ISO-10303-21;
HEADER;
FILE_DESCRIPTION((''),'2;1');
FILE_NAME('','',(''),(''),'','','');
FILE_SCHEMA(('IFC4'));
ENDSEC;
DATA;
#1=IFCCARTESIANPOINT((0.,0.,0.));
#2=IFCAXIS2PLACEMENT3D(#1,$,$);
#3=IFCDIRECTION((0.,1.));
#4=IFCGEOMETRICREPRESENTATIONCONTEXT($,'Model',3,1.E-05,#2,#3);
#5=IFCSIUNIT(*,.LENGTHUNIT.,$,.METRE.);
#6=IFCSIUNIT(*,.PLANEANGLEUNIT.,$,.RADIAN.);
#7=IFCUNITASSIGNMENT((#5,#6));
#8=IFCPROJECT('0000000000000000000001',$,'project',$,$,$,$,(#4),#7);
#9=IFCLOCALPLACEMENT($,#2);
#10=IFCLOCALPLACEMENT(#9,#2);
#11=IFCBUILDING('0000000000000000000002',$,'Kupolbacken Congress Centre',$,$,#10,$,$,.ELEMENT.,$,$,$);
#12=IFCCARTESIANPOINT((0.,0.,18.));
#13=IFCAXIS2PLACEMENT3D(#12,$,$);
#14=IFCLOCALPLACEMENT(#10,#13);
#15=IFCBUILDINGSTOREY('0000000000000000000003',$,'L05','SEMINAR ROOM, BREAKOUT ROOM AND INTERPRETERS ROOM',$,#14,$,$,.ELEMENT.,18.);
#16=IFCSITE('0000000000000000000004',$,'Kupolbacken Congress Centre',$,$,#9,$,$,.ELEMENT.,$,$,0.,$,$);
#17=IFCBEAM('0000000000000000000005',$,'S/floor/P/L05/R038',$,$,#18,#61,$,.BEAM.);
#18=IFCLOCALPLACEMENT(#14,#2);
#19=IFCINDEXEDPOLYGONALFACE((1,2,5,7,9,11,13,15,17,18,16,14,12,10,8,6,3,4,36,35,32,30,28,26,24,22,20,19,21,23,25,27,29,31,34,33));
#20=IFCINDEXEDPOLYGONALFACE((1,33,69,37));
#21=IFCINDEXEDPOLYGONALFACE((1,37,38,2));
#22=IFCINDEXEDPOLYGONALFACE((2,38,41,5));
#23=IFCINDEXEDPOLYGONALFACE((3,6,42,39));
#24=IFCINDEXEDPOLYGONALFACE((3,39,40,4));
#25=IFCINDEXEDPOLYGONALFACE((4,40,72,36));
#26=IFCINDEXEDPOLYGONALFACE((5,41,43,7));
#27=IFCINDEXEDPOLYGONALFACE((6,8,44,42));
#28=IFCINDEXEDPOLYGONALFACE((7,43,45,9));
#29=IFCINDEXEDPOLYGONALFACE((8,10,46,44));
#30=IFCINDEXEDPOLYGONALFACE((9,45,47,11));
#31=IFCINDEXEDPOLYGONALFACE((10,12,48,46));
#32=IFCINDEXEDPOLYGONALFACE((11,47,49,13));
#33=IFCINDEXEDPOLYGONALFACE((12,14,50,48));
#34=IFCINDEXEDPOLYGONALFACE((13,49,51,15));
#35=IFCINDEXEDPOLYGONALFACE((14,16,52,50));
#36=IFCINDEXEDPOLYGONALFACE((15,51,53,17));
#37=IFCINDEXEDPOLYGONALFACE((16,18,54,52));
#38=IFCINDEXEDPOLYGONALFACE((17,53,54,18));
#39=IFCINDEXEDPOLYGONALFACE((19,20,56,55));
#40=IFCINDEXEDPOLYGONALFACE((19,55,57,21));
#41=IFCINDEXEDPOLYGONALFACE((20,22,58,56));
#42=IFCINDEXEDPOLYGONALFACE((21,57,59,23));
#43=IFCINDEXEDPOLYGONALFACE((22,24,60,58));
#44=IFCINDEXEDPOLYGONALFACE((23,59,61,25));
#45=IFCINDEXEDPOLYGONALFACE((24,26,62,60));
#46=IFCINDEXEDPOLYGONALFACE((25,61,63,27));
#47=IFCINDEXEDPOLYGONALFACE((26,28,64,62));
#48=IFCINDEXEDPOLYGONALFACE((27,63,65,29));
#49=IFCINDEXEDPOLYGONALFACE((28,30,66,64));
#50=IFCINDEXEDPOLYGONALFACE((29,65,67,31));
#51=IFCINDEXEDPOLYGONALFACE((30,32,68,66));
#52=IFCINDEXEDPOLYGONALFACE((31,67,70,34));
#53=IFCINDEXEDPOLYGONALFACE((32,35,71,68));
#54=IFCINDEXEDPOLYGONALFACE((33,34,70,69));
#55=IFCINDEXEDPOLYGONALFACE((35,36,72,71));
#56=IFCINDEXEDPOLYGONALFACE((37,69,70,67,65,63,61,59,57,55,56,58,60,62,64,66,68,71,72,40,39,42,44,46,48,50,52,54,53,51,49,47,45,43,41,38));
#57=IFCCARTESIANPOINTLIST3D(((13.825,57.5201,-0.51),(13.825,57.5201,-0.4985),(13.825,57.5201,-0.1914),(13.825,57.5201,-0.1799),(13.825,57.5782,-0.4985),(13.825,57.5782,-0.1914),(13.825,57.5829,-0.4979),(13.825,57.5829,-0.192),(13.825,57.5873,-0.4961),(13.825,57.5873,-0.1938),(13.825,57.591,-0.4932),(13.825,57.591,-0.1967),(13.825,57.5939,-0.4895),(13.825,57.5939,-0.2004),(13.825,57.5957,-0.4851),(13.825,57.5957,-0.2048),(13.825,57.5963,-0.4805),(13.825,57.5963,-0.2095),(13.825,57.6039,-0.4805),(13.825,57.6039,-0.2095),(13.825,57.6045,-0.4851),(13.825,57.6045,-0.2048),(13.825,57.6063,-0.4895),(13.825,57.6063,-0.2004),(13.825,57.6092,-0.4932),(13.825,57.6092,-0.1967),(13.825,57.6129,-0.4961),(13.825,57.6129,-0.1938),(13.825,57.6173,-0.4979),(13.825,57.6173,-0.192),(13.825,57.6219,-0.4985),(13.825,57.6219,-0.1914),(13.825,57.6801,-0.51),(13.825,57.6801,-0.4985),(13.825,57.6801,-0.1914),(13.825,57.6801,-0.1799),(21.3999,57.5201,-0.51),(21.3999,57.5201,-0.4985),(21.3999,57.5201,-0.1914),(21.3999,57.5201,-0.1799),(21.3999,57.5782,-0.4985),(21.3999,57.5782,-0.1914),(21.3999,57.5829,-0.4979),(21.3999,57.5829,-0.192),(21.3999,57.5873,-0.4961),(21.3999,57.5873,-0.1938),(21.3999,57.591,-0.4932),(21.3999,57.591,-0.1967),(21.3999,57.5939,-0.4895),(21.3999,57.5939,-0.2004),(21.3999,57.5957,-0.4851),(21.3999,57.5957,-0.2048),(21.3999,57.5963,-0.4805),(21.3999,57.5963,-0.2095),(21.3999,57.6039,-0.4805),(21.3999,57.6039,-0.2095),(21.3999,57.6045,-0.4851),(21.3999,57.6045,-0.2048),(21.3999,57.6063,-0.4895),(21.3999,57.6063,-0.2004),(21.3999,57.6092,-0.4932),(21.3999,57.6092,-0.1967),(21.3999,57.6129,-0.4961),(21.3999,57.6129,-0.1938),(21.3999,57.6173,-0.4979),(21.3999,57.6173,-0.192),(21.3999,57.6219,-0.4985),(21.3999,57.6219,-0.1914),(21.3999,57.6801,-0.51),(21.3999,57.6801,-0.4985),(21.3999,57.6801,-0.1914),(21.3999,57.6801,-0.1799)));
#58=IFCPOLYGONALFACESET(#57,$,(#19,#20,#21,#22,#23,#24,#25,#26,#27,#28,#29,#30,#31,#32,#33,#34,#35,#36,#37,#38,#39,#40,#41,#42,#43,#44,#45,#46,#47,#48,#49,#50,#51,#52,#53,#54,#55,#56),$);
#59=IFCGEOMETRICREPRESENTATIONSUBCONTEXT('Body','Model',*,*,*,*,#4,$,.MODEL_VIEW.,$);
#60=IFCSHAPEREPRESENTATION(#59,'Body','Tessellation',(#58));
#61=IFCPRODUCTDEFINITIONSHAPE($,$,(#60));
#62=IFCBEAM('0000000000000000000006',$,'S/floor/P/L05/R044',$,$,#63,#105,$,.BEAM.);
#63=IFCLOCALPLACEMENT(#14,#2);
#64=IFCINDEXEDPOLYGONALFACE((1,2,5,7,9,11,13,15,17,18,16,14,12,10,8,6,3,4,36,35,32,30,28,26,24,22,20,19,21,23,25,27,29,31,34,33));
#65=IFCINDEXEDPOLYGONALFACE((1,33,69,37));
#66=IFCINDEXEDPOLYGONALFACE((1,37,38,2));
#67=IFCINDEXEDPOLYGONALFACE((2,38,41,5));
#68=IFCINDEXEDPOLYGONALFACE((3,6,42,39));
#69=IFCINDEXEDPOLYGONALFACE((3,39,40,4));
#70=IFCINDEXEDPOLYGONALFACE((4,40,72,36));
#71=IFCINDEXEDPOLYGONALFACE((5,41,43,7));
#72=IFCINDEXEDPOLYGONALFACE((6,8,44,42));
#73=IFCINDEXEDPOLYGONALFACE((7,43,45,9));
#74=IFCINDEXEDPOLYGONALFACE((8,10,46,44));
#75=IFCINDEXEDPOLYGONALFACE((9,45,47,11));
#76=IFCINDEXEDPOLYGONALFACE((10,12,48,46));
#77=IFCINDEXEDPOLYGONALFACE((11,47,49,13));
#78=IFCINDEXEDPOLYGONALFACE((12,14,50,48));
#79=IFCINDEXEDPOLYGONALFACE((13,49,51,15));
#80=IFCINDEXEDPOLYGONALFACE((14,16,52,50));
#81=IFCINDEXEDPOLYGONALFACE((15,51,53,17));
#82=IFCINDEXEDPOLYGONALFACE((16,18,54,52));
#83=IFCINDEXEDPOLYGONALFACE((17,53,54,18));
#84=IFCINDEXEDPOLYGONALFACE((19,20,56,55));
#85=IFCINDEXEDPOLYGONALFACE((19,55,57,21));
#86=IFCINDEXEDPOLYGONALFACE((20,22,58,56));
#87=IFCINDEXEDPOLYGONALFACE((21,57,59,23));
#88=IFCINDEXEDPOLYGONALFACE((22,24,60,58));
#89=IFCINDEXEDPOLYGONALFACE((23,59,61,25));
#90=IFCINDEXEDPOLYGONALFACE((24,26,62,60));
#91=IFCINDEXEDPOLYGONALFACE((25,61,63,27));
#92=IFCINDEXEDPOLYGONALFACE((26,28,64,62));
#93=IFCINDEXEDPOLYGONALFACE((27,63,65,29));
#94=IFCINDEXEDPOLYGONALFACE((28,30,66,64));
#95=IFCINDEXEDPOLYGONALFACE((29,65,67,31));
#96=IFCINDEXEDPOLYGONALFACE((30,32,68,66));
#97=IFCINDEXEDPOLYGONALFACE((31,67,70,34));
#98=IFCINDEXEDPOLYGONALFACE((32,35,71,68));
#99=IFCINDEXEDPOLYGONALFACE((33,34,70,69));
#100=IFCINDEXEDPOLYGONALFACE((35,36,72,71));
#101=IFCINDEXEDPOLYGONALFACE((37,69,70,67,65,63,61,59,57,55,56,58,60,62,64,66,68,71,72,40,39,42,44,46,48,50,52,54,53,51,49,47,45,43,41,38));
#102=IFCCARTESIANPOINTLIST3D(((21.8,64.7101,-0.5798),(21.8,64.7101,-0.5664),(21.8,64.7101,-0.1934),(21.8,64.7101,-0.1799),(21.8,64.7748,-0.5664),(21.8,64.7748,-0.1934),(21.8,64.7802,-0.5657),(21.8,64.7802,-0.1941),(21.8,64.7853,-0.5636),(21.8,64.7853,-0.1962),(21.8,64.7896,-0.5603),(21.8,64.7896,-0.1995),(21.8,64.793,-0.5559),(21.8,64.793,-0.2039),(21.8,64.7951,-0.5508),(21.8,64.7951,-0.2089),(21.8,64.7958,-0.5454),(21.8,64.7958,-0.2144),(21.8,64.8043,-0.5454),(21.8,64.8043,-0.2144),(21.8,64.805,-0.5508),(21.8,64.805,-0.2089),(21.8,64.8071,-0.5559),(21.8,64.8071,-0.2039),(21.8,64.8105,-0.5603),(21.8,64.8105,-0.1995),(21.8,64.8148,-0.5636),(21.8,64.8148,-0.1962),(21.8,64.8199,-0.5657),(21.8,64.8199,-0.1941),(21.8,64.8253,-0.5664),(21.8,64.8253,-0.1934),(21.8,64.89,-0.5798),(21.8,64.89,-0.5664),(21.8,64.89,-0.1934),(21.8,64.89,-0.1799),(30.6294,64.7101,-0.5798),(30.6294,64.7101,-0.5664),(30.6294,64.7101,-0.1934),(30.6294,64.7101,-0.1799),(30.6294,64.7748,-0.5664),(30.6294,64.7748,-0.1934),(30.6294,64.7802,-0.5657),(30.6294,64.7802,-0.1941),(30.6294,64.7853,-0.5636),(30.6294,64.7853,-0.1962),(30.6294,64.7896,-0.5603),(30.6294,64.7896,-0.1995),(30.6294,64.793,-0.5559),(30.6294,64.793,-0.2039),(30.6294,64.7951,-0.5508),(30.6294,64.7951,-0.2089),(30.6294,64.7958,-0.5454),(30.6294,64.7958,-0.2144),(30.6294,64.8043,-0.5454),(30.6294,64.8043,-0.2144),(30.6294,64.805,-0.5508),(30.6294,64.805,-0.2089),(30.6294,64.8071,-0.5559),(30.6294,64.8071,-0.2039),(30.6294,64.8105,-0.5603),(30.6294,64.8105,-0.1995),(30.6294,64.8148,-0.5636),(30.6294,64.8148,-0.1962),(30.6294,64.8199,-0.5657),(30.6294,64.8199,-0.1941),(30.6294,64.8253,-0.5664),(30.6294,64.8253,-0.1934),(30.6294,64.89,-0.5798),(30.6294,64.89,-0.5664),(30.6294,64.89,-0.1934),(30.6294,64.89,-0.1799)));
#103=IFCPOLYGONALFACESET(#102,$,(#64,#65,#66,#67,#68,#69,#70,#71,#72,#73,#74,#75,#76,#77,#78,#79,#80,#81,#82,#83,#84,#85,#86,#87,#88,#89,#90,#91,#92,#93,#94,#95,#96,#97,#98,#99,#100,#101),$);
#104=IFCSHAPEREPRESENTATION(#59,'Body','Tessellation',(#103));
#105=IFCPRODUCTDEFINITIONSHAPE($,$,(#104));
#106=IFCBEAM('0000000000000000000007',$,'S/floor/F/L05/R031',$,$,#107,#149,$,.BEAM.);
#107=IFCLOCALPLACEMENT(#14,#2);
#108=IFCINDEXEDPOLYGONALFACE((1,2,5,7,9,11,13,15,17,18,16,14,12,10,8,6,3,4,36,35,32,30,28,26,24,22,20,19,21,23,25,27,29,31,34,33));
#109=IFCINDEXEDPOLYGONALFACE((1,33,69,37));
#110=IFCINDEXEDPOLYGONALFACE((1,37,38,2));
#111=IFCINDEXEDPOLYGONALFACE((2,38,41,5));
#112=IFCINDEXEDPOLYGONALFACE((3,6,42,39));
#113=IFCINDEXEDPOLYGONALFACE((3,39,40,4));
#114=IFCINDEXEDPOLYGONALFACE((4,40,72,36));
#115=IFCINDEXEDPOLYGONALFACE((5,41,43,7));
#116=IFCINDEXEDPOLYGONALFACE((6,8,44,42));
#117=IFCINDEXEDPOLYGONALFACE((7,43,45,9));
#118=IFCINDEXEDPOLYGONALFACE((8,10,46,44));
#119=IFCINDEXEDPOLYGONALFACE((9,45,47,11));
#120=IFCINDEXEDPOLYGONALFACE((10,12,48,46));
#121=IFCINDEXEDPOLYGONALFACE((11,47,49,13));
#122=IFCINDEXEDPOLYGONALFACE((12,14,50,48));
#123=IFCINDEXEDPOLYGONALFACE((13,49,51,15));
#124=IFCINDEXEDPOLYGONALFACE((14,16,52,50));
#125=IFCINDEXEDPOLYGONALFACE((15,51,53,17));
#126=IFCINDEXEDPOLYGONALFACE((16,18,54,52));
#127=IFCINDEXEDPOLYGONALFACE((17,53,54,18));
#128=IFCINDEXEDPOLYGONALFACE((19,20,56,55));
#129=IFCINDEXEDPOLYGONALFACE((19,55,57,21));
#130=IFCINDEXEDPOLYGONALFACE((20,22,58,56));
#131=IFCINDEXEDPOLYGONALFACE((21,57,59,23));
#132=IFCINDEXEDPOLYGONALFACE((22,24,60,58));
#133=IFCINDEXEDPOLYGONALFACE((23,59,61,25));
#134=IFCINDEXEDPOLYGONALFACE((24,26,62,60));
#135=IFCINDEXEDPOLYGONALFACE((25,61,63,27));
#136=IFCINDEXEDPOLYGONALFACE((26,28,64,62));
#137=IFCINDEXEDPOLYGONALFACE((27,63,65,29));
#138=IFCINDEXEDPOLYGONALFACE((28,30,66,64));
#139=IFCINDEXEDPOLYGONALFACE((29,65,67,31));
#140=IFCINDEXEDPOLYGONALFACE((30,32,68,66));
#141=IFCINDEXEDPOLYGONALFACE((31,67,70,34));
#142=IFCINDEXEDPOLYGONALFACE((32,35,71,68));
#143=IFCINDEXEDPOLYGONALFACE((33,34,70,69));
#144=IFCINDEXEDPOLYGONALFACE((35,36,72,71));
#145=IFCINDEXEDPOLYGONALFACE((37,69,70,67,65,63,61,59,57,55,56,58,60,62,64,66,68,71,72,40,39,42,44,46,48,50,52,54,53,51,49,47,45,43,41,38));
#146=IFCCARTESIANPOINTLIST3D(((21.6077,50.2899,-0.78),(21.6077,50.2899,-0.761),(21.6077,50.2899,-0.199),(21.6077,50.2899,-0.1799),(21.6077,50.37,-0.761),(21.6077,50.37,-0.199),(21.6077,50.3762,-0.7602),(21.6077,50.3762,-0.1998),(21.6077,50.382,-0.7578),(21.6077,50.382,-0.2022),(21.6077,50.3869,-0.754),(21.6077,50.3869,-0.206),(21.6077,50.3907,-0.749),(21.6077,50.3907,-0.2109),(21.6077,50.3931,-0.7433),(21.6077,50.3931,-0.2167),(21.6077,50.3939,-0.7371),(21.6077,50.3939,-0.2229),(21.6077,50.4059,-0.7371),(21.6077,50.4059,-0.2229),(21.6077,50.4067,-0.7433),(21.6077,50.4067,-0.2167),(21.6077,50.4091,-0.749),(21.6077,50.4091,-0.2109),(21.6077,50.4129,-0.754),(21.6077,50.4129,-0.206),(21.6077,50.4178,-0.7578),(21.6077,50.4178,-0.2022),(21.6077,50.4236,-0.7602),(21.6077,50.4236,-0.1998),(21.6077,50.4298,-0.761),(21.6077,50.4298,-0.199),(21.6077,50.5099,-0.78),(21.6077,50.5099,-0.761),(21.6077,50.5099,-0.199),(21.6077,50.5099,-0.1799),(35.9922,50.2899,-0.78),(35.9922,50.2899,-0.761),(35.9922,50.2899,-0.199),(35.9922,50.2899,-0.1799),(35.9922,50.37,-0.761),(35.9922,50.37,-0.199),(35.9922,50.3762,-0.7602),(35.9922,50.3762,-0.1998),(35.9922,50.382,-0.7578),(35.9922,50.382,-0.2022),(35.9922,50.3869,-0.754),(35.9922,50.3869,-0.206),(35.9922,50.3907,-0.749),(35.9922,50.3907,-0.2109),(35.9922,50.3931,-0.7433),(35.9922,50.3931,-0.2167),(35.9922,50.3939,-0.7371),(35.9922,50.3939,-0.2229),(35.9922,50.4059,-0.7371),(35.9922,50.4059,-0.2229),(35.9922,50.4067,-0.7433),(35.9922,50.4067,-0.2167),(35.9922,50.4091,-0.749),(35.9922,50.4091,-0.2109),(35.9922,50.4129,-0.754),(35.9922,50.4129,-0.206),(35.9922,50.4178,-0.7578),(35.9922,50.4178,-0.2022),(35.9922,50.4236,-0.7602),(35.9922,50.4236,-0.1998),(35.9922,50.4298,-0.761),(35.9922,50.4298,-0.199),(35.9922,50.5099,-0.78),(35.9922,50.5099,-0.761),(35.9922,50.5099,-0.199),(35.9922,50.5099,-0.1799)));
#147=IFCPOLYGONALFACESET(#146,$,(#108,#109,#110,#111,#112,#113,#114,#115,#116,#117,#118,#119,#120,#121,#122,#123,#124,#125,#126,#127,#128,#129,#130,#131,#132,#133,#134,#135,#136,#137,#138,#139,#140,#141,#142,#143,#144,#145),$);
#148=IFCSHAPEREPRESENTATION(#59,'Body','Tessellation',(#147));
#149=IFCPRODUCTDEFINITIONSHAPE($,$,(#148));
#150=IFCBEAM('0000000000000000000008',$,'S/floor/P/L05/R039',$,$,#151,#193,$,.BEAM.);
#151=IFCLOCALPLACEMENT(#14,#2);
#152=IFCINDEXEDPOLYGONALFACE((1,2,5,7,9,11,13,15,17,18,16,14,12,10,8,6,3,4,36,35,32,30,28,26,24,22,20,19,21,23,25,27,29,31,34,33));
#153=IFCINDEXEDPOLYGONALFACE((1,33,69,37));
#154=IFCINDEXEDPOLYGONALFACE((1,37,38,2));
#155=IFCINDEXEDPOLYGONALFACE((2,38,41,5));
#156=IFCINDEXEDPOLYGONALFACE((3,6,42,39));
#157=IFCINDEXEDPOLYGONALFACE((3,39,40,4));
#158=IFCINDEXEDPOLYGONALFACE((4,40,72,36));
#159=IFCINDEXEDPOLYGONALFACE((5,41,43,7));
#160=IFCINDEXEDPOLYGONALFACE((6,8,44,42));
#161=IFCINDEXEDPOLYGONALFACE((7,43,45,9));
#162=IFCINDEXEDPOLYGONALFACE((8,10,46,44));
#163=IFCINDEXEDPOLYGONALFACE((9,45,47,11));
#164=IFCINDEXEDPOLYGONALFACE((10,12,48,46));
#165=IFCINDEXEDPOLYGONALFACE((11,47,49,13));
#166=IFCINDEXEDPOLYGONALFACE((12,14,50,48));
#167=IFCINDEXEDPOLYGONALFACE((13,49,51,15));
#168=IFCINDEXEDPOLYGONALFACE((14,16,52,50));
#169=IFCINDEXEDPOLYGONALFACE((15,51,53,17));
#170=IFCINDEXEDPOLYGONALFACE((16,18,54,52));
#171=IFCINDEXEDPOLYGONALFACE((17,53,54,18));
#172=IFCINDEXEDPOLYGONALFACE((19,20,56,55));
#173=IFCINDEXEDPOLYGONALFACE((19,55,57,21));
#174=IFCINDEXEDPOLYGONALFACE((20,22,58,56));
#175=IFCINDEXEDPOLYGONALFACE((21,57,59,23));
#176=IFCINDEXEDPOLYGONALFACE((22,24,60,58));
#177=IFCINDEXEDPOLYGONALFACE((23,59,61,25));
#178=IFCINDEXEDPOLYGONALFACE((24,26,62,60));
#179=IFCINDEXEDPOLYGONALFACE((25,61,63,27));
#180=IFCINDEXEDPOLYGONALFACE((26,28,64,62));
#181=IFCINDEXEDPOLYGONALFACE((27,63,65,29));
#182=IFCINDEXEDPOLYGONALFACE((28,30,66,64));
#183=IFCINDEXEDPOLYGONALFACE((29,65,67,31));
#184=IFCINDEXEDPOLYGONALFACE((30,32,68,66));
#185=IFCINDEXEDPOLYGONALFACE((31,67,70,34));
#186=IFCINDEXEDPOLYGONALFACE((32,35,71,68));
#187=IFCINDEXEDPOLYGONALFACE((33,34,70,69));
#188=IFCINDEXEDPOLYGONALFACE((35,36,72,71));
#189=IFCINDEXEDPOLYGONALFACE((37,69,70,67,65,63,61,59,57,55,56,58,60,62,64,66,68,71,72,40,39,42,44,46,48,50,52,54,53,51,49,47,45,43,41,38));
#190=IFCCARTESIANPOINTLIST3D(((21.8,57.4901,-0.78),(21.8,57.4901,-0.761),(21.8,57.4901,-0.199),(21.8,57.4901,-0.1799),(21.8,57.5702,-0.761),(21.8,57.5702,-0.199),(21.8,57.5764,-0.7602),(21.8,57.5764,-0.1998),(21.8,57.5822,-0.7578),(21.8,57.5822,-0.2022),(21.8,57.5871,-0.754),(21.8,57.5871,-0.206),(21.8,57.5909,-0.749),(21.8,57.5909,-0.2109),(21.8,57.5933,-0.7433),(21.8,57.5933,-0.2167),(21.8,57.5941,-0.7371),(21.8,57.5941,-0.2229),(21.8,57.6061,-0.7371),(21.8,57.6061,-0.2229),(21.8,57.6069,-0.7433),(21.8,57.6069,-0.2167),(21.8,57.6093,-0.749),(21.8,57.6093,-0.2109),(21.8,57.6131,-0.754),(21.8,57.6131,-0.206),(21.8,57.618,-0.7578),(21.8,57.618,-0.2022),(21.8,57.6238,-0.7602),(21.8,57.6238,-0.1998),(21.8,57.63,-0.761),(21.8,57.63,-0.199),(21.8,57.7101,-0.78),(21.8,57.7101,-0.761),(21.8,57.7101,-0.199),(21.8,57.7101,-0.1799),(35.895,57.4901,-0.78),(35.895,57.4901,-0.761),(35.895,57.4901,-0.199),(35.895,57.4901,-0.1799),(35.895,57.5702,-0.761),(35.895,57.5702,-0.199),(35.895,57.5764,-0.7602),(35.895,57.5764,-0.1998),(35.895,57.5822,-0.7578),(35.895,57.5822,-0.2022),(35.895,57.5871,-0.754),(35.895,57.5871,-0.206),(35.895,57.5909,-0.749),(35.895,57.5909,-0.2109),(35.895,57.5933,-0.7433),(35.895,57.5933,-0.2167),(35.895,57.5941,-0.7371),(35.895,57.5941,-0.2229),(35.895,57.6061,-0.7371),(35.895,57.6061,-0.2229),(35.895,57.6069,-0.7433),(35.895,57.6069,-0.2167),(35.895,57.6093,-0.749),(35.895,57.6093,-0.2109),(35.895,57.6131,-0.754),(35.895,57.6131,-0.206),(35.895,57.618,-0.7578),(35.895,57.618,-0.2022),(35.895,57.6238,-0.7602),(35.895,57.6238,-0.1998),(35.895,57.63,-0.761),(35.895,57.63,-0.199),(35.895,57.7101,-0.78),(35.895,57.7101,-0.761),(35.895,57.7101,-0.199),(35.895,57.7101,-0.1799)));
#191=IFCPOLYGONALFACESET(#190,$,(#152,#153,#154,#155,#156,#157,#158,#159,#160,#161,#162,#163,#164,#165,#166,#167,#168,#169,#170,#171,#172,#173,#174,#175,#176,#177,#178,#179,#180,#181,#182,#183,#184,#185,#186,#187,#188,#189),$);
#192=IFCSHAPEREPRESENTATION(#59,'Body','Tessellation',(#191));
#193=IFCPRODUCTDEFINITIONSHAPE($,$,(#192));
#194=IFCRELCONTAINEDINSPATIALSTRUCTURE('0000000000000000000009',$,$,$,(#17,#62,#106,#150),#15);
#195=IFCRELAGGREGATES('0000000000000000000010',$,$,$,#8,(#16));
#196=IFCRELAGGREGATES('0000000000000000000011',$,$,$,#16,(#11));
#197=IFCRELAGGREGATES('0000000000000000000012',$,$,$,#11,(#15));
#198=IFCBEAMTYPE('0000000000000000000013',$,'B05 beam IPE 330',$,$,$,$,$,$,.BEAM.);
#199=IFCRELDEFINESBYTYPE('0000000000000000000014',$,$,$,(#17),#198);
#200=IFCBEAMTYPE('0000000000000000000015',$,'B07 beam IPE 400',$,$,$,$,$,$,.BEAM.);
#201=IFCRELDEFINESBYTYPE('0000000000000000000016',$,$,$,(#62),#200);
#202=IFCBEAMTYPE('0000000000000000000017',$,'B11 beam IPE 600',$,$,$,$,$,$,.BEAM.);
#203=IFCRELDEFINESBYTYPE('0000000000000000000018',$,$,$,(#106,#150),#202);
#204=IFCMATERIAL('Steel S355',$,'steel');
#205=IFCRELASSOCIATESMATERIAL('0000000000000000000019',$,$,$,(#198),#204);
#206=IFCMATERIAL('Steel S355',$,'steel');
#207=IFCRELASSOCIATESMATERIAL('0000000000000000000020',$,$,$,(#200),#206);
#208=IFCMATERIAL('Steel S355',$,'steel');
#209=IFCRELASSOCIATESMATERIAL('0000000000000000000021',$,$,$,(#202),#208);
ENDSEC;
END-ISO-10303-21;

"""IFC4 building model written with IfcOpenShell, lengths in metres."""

from ifc_helpers import new_model, si_unit, direction, frame, origin, origin_2d, place, context, subcontext, project, spatial, i_section, extrude, material, material_profile, profile_set, type_object, element, save


model = new_model("IFC4")

# Units and contexts
model_context = context("Model", 3, precision=1e-05, world=origin(), true_north=direction((0.0, 1.0)))
body_context = subcontext(model_context, "Body", "Model", "MODEL_VIEW")
ifc_project = project(units=[si_unit("LENGTHUNIT", "METRE"), si_unit("PLANEANGLEUNIT", "RADIAN")], contexts=[model_context])

# Site, building, storey
site_placement = place(None, origin())
site = spatial("IfcSite", under=ifc_project, at=site_placement, Name="Kupolbacken Congress Centre", CompositionType="ELEMENT", RefElevation=0.0)
building_placement = place(site_placement, origin())
building = spatial("IfcBuilding", under=site, at=building_placement, Name="Kupolbacken Congress Centre", CompositionType="ELEMENT")
storey_placement = place(building_placement, frame((0.0, 0.0, 18.0)))
storey = spatial("IfcBuildingStorey", under=building, at=storey_placement, Name="L05", Description="SEMINAR ROOM, BREAKOUT ROOM AND INTERPRETERS ROOM", CompositionType="ELEMENT", Elevation=18.0)

# Beams
ifc_material_1 = material(Name="Steel S355", Category="steel")
ifc_material_profile_1 = material_profile(ifc_material_1, i_section(OverallWidth=0.1599, OverallDepth=0.3301, WebThickness=0.0076, FlangeThickness=0.0115, FilletRadius=0.0181, at=origin_2d()), Name="IPE 330")
ifc_profile_set_1 = profile_set([ifc_material_profile_1], Name="Steel S355")
beam_type_1 = type_object("IfcBeamType", Name="B05 beam IPE 330", PredefinedType="BEAM", material=ifc_profile_set_1)
beam_1_placement = place(storey_placement, frame((13.825, 57.6001, -0.345), z_axis=(1.0, 0.0, 0.0), x_axis=(0.0, 1.0, 0.0)))
element("IfcBeam", 1, at=beam_1_placement, inside=storey, type_object=beam_type_1, Name="S/floor/P/L05/R038", PredefinedType="BEAM", context=body_context, shape_type="SweptSolid", body=[
    extrude(i_section(OverallWidth=0.1599, OverallDepth=0.3301, WebThickness=0.0076, FlangeThickness=0.0115, FilletRadius=0.0181, at=origin_2d()), origin(), (0.0, 0.0, 1.0), 7.575),
])
ifc_material_2 = material(Name="Steel S355", Category="steel")
ifc_material_profile_2 = material_profile(ifc_material_2, i_section(OverallWidth=0.1799, OverallDepth=0.3999, WebThickness=0.0085, FlangeThickness=0.0134, FilletRadius=0.021, at=origin_2d()), Name="IPE 400")
ifc_profile_set_2 = profile_set([ifc_material_profile_2], Name="Steel S355")
beam_type_2 = type_object("IfcBeamType", Name="B07 beam IPE 400", PredefinedType="BEAM", material=ifc_profile_set_2)
beam_2_placement = place(storey_placement, frame((21.8, 64.8, -0.3799), z_axis=(1.0, 0.0, 0.0), x_axis=(0.0, 1.0, 0.0)))
element("IfcBeam", 2, at=beam_2_placement, inside=storey, type_object=beam_type_2, Name="S/floor/P/L05/R044", PredefinedType="BEAM", context=body_context, shape_type="SweptSolid", body=[
    extrude(i_section(OverallWidth=0.1799, OverallDepth=0.3999, WebThickness=0.0085, FlangeThickness=0.0134, FilletRadius=0.021, at=origin_2d()), origin(), (0.0, 0.0, 1.0), 8.8293),
])
ifc_material_3 = material(Name="Steel S355", Category="steel")
ifc_material_profile_3 = material_profile(ifc_material_3, i_section(OverallWidth=0.22, OverallDepth=0.6001, WebThickness=0.012, FlangeThickness=0.019, FilletRadius=0.0239, at=origin_2d()), Name="IPE 600")
ifc_profile_set_3 = profile_set([ifc_material_profile_3], Name="Steel S355")
beam_type_3 = type_object("IfcBeamType", Name="B11 beam IPE 600", PredefinedType="BEAM", material=ifc_profile_set_3)
beam_3_placement = place(storey_placement, frame((21.6077, 50.3999, -0.48), z_axis=(1.0, 0.0, 0.0), x_axis=(0.0, 1.0, 0.0)))
element("IfcBeam", 3, at=beam_3_placement, inside=storey, type_object=beam_type_3, Name="S/floor/F/L05/R031", PredefinedType="BEAM", context=body_context, shape_type="SweptSolid", body=[
    extrude(i_section(OverallWidth=0.22, OverallDepth=0.6001, WebThickness=0.012, FlangeThickness=0.019, FilletRadius=0.0239, at=origin_2d()), origin(), (0.0, 0.0, 1.0), 14.3845),
])
beam_4_placement = place(storey_placement, frame((21.8, 57.6001, -0.48), z_axis=(1.0, 0.0, 0.0), x_axis=(0.0, 1.0, 0.0)))
element("IfcBeam", 4, at=beam_4_placement, inside=storey, type_object=beam_type_3, Name="S/floor/P/L05/R039", PredefinedType="BEAM", context=body_context, shape_type="SweptSolid", body=[
    extrude(i_section(OverallWidth=0.22, OverallDepth=0.6001, WebThickness=0.012, FlangeThickness=0.019, FilletRadius=0.0239, at=origin_2d()), origin(), (0.0, 0.0, 1.0), 14.095),
])

save(model, "model.ifc")
